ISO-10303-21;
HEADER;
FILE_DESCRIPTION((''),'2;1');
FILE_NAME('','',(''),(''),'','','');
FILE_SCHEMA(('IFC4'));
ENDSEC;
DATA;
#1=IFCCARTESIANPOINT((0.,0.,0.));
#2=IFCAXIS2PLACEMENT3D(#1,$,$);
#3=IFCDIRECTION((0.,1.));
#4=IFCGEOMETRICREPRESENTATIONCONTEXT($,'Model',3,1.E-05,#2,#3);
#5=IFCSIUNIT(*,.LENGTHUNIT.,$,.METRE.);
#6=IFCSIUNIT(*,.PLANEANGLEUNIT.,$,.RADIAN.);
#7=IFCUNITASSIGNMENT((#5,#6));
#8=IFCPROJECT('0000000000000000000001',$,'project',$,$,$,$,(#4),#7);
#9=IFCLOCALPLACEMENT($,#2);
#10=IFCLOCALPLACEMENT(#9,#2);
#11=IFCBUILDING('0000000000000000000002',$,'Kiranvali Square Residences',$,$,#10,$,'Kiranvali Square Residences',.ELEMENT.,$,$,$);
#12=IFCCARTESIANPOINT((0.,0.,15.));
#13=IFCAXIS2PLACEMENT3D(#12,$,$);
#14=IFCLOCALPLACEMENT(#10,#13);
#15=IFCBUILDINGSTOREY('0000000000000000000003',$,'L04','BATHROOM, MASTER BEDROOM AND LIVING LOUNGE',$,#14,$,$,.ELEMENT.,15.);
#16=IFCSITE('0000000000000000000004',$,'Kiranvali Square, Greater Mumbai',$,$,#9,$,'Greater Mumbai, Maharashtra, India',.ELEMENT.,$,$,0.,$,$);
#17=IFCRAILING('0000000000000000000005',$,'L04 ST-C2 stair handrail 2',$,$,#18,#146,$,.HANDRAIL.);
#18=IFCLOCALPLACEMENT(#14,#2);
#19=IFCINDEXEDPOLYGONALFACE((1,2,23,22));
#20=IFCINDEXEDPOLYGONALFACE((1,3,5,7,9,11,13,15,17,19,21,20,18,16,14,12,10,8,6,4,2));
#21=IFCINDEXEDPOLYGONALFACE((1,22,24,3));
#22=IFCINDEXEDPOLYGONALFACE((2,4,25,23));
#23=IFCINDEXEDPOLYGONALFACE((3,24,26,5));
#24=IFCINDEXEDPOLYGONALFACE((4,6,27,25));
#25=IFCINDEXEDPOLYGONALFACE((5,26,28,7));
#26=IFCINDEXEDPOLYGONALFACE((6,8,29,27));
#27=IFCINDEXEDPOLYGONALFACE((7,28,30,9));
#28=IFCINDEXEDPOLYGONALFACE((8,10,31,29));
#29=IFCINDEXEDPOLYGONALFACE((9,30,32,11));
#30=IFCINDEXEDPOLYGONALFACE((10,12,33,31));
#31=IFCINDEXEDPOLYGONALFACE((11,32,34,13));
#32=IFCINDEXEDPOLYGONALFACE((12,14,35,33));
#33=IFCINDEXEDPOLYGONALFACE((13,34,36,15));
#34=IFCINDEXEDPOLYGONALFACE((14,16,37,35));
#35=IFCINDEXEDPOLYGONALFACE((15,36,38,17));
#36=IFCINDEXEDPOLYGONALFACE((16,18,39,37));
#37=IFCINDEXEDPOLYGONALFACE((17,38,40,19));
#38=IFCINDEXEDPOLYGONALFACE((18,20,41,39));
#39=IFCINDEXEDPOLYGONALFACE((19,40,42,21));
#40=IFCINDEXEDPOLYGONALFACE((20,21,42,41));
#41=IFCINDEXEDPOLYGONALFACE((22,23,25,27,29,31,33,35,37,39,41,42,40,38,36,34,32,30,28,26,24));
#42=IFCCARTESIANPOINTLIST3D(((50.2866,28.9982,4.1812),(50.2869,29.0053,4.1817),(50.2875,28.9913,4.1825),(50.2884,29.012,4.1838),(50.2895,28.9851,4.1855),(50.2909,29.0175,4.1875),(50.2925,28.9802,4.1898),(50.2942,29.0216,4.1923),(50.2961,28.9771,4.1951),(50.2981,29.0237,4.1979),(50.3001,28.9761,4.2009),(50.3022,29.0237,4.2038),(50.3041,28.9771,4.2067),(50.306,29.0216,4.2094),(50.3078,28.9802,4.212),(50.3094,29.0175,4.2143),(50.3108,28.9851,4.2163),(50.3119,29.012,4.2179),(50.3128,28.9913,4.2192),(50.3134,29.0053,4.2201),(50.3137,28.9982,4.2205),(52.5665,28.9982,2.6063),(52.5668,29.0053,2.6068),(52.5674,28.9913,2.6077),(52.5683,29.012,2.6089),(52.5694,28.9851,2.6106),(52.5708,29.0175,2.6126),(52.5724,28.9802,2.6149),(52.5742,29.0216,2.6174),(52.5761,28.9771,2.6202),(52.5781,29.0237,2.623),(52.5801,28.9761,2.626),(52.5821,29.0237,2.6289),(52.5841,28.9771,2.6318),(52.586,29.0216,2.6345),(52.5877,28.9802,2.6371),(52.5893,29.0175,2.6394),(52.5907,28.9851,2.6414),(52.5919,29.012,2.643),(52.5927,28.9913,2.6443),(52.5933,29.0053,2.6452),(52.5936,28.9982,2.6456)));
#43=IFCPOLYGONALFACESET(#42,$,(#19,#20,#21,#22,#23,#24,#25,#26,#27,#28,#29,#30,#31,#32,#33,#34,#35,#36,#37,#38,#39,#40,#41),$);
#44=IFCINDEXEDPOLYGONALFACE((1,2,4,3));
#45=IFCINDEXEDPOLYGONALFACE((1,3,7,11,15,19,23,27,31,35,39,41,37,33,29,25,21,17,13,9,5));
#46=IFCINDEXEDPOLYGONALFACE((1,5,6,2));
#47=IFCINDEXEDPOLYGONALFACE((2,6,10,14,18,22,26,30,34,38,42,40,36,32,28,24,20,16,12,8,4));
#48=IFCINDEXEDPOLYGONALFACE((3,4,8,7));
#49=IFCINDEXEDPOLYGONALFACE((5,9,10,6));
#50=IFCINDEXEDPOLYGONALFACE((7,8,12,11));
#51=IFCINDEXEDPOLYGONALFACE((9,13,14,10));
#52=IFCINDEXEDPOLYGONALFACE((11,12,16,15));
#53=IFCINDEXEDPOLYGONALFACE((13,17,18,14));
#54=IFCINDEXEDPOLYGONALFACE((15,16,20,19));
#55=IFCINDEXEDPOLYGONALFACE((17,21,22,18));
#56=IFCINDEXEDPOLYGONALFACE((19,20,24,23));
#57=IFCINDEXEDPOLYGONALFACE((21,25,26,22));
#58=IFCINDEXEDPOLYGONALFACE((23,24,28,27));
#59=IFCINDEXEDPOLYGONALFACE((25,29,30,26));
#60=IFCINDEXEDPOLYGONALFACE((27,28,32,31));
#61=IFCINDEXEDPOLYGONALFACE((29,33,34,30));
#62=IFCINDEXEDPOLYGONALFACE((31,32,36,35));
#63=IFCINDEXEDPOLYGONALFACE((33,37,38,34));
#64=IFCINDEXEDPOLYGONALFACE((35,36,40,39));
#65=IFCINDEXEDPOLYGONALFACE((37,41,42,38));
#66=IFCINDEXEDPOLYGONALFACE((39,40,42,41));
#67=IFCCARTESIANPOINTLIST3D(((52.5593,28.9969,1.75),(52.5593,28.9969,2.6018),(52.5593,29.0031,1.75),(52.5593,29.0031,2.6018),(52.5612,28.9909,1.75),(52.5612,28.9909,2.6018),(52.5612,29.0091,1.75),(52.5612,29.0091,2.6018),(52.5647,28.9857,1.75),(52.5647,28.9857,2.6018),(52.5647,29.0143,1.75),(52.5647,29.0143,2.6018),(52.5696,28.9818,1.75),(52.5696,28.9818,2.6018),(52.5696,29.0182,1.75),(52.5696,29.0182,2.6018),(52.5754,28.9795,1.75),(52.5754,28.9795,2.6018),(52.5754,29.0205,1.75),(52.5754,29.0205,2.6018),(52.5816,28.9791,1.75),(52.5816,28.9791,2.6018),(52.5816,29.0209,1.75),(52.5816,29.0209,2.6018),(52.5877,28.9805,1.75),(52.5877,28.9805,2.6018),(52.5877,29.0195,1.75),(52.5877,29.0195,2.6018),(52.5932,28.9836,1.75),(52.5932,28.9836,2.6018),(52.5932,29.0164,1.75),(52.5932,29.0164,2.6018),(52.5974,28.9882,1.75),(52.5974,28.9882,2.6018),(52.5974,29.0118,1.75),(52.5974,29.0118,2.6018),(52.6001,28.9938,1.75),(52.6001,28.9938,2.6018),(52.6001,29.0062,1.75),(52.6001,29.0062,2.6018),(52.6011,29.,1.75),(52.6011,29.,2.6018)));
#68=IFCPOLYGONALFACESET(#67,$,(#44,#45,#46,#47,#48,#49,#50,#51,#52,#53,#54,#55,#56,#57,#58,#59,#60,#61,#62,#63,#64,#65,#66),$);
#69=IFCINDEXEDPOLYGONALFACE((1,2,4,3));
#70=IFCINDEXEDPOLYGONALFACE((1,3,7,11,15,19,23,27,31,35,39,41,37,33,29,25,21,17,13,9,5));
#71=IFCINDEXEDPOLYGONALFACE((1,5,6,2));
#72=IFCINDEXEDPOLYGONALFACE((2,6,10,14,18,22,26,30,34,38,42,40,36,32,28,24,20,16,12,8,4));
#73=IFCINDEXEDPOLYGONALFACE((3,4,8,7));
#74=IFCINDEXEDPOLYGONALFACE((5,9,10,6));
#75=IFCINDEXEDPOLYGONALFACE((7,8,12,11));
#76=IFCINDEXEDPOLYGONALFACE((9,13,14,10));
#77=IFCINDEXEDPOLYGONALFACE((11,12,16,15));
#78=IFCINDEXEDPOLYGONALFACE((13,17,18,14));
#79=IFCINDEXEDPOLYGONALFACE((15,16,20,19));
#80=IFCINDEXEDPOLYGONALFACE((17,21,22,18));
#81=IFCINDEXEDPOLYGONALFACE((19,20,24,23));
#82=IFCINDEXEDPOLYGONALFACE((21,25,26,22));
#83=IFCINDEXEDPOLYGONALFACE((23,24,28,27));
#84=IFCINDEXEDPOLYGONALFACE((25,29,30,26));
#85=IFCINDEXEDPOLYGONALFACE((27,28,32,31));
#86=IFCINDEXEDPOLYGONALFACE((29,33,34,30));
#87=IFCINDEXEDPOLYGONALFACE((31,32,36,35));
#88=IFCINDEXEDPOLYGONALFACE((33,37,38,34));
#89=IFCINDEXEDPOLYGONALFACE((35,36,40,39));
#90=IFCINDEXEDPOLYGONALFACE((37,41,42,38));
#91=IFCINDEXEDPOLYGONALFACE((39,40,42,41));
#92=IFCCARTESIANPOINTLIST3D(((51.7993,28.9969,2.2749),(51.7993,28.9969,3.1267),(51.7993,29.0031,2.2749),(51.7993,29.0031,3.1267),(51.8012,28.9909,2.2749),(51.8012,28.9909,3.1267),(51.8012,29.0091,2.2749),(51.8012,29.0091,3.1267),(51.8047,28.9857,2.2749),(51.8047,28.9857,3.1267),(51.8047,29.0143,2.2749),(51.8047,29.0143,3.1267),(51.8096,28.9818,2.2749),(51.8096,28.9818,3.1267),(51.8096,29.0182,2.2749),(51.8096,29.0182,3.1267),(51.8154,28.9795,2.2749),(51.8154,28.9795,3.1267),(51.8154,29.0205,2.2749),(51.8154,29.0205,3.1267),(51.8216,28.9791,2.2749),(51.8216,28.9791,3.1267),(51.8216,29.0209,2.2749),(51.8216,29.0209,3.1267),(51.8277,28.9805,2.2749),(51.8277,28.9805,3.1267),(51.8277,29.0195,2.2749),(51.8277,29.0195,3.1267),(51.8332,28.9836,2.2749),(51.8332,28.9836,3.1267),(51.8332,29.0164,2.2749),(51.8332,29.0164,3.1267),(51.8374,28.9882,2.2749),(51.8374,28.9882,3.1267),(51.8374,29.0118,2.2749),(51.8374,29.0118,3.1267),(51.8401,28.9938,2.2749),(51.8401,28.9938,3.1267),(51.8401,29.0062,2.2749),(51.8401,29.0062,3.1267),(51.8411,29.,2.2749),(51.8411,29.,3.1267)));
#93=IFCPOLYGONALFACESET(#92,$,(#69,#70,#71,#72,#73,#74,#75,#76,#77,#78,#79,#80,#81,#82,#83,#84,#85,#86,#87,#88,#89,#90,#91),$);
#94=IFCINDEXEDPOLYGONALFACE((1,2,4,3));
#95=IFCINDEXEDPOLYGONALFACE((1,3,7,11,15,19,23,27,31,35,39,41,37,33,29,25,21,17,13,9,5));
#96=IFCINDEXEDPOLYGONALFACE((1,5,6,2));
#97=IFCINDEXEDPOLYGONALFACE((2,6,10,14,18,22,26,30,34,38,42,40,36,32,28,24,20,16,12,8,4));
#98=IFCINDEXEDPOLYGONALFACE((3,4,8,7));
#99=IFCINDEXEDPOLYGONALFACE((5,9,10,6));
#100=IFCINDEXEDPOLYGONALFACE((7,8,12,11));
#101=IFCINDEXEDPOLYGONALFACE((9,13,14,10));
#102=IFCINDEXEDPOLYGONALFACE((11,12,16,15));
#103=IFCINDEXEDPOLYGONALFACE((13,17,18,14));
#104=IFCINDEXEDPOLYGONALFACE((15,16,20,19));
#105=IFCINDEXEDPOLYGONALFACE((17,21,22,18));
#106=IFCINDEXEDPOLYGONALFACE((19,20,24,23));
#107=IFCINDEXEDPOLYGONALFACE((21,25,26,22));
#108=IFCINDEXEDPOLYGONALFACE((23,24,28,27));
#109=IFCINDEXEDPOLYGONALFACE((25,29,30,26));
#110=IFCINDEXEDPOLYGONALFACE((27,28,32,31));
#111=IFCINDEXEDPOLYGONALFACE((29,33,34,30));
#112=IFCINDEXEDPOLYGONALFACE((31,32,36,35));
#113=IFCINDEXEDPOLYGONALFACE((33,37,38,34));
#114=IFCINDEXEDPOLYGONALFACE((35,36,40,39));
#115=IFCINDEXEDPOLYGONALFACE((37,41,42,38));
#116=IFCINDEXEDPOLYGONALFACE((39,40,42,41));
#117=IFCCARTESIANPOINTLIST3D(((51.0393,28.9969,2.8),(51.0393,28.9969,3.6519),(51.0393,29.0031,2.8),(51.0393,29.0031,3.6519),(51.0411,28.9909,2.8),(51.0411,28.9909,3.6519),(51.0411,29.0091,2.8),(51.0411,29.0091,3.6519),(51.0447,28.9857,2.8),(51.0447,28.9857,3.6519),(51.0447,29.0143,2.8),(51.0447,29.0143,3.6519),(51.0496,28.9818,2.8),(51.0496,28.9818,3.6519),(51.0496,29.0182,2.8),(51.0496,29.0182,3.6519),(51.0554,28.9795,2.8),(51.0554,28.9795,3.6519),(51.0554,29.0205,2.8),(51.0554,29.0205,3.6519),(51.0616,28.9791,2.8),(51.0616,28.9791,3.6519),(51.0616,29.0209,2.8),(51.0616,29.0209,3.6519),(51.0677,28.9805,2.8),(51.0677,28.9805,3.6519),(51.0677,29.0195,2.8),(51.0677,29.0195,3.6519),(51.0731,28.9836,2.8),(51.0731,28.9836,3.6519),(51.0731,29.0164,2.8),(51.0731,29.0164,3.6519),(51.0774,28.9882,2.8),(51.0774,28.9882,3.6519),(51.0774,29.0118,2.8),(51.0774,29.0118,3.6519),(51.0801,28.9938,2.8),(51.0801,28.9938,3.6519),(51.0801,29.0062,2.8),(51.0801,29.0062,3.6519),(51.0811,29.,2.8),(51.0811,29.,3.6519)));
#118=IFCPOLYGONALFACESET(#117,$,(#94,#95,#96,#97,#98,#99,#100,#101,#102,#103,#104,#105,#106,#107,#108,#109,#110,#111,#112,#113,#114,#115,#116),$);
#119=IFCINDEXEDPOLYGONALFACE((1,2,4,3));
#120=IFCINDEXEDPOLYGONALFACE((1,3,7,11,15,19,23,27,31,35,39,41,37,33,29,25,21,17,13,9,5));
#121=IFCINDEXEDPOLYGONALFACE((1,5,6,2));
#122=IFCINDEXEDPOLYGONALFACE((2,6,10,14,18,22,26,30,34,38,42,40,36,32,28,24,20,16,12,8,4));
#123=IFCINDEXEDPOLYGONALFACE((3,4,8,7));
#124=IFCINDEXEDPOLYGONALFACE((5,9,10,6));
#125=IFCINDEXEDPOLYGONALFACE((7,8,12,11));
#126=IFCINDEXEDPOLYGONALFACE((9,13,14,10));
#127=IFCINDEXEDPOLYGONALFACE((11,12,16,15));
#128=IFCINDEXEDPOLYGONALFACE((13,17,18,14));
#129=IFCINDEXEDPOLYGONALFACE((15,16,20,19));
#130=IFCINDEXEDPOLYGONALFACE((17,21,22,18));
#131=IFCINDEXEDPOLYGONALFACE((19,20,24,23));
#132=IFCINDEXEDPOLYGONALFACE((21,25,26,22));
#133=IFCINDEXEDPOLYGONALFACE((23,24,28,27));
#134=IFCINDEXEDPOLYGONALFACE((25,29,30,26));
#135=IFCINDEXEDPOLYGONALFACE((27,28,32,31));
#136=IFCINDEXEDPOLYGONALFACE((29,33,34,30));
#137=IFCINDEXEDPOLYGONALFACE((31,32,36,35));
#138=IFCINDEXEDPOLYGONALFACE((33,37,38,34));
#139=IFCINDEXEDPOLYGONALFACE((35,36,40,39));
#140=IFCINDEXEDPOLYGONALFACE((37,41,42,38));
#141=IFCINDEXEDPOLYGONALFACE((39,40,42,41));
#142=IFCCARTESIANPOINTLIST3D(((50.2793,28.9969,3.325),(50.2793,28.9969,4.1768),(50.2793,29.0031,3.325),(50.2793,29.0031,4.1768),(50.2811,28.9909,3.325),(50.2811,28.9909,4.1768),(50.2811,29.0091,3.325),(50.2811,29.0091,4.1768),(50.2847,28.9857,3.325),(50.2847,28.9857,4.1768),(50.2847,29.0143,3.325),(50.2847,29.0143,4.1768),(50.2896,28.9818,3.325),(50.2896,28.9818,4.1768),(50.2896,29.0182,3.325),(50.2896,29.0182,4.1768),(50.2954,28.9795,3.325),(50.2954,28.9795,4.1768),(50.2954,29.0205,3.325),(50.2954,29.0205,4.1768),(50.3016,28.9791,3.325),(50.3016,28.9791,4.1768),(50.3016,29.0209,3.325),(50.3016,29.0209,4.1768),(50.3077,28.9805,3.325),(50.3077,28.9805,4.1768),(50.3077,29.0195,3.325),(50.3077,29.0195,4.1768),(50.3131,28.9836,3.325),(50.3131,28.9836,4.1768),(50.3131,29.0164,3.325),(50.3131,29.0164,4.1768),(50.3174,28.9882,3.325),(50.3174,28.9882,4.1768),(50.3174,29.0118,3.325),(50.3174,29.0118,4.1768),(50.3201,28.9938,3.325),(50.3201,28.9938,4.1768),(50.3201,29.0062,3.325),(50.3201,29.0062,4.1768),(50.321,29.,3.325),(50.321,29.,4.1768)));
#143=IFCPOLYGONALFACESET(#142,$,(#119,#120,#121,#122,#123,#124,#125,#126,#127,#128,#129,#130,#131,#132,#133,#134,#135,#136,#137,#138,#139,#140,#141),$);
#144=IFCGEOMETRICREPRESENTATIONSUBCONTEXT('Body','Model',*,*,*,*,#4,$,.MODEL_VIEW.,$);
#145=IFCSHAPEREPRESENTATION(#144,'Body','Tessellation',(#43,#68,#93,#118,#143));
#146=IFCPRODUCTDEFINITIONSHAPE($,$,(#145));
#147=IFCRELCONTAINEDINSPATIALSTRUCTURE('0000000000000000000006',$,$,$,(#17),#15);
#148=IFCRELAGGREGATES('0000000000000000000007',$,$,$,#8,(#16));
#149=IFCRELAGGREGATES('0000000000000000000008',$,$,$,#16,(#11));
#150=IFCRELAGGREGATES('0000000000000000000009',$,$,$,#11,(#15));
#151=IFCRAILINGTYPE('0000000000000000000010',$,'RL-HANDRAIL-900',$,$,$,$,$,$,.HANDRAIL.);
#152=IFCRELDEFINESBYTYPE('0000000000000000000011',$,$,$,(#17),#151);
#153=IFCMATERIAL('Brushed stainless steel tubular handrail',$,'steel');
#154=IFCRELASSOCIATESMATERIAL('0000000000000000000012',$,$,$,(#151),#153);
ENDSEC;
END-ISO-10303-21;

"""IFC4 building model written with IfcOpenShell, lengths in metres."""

from ifc_helpers import new_model, si_unit, direction, frame, origin, origin_2d, place, context, subcontext, project, spatial, circle, extrude, material, type_object, element, save


model = new_model("IFC4")

# Units and contexts
model_context = context("Model", 3, precision=1e-05, world=origin(), true_north=direction((0.0, 1.0)))
body_context = subcontext(model_context, "Body", "Model", "MODEL_VIEW")
ifc_project = project(units=[si_unit("LENGTHUNIT", "METRE"), si_unit("PLANEANGLEUNIT", "RADIAN")], contexts=[model_context])

# Site, building, storey
site_placement = place(None, origin())
site = spatial("IfcSite", under=ifc_project, at=site_placement, Name="Kiranvali Square, Greater Mumbai", LongName="Greater Mumbai, Maharashtra, India", CompositionType="ELEMENT", RefElevation=0.0)
building_placement = place(site_placement, origin())
building = spatial("IfcBuilding", under=site, at=building_placement, Name="Kiranvali Square Residences", LongName="Kiranvali Square Residences", CompositionType="ELEMENT")
storey_placement = place(building_placement, frame((0.0, 0.0, 15.0)))
storey = spatial("IfcBuildingStorey", under=building, at=storey_placement, Name="L04", Description="BATHROOM, MASTER BEDROOM AND LIVING LOUNGE", CompositionType="ELEMENT", Elevation=15.0)

# Railing
ifc_material_1 = material(Name="Brushed stainless steel tubular handrail", Category="steel")
railing_type_1 = type_object("IfcRailingType", Name="RL-HANDRAIL-900", PredefinedType="HANDRAIL", material=ifc_material_1)
railing_1_placement = place(storey_placement, frame((52.5801, 29.0, 1.75)))
element("IfcRailing", 1, at=railing_1_placement, inside=storey, type_object=railing_type_1, Name="L04 ST-C2 stair handrail 2", PredefinedType="HANDRAIL", context=body_context, shape_type="SweptSolid", body=[
    extrude(circle(Radius=0.0239, at=origin_2d()), frame((0.0, 0.0, 0.876), z_axis=(-0.822788, 0.0, 0.568348), x_axis=(0.0, -1.0, 0.0)), (0.0, 0.0, 1.0), 2.771),
    extrude(circle(Radius=0.021, at=origin_2d()), origin(), (0.0, 0.0, 1.0), 0.8518),
    extrude(circle(Radius=0.021, at=origin_2d()), frame((-0.76, 0.0, 0.5249)), (0.0, 0.0, 1.0), 0.8518),
    extrude(circle(Radius=0.021, at=origin_2d()), frame((-1.52, 0.0, 1.05)), (0.0, 0.0, 1.0), 0.8518),
    extrude(circle(Radius=0.021, at=origin_2d()), frame((-2.28, 0.0, 1.575)), (0.0, 0.0, 1.0), 0.8518),
])

save(model, "model.ifc")
